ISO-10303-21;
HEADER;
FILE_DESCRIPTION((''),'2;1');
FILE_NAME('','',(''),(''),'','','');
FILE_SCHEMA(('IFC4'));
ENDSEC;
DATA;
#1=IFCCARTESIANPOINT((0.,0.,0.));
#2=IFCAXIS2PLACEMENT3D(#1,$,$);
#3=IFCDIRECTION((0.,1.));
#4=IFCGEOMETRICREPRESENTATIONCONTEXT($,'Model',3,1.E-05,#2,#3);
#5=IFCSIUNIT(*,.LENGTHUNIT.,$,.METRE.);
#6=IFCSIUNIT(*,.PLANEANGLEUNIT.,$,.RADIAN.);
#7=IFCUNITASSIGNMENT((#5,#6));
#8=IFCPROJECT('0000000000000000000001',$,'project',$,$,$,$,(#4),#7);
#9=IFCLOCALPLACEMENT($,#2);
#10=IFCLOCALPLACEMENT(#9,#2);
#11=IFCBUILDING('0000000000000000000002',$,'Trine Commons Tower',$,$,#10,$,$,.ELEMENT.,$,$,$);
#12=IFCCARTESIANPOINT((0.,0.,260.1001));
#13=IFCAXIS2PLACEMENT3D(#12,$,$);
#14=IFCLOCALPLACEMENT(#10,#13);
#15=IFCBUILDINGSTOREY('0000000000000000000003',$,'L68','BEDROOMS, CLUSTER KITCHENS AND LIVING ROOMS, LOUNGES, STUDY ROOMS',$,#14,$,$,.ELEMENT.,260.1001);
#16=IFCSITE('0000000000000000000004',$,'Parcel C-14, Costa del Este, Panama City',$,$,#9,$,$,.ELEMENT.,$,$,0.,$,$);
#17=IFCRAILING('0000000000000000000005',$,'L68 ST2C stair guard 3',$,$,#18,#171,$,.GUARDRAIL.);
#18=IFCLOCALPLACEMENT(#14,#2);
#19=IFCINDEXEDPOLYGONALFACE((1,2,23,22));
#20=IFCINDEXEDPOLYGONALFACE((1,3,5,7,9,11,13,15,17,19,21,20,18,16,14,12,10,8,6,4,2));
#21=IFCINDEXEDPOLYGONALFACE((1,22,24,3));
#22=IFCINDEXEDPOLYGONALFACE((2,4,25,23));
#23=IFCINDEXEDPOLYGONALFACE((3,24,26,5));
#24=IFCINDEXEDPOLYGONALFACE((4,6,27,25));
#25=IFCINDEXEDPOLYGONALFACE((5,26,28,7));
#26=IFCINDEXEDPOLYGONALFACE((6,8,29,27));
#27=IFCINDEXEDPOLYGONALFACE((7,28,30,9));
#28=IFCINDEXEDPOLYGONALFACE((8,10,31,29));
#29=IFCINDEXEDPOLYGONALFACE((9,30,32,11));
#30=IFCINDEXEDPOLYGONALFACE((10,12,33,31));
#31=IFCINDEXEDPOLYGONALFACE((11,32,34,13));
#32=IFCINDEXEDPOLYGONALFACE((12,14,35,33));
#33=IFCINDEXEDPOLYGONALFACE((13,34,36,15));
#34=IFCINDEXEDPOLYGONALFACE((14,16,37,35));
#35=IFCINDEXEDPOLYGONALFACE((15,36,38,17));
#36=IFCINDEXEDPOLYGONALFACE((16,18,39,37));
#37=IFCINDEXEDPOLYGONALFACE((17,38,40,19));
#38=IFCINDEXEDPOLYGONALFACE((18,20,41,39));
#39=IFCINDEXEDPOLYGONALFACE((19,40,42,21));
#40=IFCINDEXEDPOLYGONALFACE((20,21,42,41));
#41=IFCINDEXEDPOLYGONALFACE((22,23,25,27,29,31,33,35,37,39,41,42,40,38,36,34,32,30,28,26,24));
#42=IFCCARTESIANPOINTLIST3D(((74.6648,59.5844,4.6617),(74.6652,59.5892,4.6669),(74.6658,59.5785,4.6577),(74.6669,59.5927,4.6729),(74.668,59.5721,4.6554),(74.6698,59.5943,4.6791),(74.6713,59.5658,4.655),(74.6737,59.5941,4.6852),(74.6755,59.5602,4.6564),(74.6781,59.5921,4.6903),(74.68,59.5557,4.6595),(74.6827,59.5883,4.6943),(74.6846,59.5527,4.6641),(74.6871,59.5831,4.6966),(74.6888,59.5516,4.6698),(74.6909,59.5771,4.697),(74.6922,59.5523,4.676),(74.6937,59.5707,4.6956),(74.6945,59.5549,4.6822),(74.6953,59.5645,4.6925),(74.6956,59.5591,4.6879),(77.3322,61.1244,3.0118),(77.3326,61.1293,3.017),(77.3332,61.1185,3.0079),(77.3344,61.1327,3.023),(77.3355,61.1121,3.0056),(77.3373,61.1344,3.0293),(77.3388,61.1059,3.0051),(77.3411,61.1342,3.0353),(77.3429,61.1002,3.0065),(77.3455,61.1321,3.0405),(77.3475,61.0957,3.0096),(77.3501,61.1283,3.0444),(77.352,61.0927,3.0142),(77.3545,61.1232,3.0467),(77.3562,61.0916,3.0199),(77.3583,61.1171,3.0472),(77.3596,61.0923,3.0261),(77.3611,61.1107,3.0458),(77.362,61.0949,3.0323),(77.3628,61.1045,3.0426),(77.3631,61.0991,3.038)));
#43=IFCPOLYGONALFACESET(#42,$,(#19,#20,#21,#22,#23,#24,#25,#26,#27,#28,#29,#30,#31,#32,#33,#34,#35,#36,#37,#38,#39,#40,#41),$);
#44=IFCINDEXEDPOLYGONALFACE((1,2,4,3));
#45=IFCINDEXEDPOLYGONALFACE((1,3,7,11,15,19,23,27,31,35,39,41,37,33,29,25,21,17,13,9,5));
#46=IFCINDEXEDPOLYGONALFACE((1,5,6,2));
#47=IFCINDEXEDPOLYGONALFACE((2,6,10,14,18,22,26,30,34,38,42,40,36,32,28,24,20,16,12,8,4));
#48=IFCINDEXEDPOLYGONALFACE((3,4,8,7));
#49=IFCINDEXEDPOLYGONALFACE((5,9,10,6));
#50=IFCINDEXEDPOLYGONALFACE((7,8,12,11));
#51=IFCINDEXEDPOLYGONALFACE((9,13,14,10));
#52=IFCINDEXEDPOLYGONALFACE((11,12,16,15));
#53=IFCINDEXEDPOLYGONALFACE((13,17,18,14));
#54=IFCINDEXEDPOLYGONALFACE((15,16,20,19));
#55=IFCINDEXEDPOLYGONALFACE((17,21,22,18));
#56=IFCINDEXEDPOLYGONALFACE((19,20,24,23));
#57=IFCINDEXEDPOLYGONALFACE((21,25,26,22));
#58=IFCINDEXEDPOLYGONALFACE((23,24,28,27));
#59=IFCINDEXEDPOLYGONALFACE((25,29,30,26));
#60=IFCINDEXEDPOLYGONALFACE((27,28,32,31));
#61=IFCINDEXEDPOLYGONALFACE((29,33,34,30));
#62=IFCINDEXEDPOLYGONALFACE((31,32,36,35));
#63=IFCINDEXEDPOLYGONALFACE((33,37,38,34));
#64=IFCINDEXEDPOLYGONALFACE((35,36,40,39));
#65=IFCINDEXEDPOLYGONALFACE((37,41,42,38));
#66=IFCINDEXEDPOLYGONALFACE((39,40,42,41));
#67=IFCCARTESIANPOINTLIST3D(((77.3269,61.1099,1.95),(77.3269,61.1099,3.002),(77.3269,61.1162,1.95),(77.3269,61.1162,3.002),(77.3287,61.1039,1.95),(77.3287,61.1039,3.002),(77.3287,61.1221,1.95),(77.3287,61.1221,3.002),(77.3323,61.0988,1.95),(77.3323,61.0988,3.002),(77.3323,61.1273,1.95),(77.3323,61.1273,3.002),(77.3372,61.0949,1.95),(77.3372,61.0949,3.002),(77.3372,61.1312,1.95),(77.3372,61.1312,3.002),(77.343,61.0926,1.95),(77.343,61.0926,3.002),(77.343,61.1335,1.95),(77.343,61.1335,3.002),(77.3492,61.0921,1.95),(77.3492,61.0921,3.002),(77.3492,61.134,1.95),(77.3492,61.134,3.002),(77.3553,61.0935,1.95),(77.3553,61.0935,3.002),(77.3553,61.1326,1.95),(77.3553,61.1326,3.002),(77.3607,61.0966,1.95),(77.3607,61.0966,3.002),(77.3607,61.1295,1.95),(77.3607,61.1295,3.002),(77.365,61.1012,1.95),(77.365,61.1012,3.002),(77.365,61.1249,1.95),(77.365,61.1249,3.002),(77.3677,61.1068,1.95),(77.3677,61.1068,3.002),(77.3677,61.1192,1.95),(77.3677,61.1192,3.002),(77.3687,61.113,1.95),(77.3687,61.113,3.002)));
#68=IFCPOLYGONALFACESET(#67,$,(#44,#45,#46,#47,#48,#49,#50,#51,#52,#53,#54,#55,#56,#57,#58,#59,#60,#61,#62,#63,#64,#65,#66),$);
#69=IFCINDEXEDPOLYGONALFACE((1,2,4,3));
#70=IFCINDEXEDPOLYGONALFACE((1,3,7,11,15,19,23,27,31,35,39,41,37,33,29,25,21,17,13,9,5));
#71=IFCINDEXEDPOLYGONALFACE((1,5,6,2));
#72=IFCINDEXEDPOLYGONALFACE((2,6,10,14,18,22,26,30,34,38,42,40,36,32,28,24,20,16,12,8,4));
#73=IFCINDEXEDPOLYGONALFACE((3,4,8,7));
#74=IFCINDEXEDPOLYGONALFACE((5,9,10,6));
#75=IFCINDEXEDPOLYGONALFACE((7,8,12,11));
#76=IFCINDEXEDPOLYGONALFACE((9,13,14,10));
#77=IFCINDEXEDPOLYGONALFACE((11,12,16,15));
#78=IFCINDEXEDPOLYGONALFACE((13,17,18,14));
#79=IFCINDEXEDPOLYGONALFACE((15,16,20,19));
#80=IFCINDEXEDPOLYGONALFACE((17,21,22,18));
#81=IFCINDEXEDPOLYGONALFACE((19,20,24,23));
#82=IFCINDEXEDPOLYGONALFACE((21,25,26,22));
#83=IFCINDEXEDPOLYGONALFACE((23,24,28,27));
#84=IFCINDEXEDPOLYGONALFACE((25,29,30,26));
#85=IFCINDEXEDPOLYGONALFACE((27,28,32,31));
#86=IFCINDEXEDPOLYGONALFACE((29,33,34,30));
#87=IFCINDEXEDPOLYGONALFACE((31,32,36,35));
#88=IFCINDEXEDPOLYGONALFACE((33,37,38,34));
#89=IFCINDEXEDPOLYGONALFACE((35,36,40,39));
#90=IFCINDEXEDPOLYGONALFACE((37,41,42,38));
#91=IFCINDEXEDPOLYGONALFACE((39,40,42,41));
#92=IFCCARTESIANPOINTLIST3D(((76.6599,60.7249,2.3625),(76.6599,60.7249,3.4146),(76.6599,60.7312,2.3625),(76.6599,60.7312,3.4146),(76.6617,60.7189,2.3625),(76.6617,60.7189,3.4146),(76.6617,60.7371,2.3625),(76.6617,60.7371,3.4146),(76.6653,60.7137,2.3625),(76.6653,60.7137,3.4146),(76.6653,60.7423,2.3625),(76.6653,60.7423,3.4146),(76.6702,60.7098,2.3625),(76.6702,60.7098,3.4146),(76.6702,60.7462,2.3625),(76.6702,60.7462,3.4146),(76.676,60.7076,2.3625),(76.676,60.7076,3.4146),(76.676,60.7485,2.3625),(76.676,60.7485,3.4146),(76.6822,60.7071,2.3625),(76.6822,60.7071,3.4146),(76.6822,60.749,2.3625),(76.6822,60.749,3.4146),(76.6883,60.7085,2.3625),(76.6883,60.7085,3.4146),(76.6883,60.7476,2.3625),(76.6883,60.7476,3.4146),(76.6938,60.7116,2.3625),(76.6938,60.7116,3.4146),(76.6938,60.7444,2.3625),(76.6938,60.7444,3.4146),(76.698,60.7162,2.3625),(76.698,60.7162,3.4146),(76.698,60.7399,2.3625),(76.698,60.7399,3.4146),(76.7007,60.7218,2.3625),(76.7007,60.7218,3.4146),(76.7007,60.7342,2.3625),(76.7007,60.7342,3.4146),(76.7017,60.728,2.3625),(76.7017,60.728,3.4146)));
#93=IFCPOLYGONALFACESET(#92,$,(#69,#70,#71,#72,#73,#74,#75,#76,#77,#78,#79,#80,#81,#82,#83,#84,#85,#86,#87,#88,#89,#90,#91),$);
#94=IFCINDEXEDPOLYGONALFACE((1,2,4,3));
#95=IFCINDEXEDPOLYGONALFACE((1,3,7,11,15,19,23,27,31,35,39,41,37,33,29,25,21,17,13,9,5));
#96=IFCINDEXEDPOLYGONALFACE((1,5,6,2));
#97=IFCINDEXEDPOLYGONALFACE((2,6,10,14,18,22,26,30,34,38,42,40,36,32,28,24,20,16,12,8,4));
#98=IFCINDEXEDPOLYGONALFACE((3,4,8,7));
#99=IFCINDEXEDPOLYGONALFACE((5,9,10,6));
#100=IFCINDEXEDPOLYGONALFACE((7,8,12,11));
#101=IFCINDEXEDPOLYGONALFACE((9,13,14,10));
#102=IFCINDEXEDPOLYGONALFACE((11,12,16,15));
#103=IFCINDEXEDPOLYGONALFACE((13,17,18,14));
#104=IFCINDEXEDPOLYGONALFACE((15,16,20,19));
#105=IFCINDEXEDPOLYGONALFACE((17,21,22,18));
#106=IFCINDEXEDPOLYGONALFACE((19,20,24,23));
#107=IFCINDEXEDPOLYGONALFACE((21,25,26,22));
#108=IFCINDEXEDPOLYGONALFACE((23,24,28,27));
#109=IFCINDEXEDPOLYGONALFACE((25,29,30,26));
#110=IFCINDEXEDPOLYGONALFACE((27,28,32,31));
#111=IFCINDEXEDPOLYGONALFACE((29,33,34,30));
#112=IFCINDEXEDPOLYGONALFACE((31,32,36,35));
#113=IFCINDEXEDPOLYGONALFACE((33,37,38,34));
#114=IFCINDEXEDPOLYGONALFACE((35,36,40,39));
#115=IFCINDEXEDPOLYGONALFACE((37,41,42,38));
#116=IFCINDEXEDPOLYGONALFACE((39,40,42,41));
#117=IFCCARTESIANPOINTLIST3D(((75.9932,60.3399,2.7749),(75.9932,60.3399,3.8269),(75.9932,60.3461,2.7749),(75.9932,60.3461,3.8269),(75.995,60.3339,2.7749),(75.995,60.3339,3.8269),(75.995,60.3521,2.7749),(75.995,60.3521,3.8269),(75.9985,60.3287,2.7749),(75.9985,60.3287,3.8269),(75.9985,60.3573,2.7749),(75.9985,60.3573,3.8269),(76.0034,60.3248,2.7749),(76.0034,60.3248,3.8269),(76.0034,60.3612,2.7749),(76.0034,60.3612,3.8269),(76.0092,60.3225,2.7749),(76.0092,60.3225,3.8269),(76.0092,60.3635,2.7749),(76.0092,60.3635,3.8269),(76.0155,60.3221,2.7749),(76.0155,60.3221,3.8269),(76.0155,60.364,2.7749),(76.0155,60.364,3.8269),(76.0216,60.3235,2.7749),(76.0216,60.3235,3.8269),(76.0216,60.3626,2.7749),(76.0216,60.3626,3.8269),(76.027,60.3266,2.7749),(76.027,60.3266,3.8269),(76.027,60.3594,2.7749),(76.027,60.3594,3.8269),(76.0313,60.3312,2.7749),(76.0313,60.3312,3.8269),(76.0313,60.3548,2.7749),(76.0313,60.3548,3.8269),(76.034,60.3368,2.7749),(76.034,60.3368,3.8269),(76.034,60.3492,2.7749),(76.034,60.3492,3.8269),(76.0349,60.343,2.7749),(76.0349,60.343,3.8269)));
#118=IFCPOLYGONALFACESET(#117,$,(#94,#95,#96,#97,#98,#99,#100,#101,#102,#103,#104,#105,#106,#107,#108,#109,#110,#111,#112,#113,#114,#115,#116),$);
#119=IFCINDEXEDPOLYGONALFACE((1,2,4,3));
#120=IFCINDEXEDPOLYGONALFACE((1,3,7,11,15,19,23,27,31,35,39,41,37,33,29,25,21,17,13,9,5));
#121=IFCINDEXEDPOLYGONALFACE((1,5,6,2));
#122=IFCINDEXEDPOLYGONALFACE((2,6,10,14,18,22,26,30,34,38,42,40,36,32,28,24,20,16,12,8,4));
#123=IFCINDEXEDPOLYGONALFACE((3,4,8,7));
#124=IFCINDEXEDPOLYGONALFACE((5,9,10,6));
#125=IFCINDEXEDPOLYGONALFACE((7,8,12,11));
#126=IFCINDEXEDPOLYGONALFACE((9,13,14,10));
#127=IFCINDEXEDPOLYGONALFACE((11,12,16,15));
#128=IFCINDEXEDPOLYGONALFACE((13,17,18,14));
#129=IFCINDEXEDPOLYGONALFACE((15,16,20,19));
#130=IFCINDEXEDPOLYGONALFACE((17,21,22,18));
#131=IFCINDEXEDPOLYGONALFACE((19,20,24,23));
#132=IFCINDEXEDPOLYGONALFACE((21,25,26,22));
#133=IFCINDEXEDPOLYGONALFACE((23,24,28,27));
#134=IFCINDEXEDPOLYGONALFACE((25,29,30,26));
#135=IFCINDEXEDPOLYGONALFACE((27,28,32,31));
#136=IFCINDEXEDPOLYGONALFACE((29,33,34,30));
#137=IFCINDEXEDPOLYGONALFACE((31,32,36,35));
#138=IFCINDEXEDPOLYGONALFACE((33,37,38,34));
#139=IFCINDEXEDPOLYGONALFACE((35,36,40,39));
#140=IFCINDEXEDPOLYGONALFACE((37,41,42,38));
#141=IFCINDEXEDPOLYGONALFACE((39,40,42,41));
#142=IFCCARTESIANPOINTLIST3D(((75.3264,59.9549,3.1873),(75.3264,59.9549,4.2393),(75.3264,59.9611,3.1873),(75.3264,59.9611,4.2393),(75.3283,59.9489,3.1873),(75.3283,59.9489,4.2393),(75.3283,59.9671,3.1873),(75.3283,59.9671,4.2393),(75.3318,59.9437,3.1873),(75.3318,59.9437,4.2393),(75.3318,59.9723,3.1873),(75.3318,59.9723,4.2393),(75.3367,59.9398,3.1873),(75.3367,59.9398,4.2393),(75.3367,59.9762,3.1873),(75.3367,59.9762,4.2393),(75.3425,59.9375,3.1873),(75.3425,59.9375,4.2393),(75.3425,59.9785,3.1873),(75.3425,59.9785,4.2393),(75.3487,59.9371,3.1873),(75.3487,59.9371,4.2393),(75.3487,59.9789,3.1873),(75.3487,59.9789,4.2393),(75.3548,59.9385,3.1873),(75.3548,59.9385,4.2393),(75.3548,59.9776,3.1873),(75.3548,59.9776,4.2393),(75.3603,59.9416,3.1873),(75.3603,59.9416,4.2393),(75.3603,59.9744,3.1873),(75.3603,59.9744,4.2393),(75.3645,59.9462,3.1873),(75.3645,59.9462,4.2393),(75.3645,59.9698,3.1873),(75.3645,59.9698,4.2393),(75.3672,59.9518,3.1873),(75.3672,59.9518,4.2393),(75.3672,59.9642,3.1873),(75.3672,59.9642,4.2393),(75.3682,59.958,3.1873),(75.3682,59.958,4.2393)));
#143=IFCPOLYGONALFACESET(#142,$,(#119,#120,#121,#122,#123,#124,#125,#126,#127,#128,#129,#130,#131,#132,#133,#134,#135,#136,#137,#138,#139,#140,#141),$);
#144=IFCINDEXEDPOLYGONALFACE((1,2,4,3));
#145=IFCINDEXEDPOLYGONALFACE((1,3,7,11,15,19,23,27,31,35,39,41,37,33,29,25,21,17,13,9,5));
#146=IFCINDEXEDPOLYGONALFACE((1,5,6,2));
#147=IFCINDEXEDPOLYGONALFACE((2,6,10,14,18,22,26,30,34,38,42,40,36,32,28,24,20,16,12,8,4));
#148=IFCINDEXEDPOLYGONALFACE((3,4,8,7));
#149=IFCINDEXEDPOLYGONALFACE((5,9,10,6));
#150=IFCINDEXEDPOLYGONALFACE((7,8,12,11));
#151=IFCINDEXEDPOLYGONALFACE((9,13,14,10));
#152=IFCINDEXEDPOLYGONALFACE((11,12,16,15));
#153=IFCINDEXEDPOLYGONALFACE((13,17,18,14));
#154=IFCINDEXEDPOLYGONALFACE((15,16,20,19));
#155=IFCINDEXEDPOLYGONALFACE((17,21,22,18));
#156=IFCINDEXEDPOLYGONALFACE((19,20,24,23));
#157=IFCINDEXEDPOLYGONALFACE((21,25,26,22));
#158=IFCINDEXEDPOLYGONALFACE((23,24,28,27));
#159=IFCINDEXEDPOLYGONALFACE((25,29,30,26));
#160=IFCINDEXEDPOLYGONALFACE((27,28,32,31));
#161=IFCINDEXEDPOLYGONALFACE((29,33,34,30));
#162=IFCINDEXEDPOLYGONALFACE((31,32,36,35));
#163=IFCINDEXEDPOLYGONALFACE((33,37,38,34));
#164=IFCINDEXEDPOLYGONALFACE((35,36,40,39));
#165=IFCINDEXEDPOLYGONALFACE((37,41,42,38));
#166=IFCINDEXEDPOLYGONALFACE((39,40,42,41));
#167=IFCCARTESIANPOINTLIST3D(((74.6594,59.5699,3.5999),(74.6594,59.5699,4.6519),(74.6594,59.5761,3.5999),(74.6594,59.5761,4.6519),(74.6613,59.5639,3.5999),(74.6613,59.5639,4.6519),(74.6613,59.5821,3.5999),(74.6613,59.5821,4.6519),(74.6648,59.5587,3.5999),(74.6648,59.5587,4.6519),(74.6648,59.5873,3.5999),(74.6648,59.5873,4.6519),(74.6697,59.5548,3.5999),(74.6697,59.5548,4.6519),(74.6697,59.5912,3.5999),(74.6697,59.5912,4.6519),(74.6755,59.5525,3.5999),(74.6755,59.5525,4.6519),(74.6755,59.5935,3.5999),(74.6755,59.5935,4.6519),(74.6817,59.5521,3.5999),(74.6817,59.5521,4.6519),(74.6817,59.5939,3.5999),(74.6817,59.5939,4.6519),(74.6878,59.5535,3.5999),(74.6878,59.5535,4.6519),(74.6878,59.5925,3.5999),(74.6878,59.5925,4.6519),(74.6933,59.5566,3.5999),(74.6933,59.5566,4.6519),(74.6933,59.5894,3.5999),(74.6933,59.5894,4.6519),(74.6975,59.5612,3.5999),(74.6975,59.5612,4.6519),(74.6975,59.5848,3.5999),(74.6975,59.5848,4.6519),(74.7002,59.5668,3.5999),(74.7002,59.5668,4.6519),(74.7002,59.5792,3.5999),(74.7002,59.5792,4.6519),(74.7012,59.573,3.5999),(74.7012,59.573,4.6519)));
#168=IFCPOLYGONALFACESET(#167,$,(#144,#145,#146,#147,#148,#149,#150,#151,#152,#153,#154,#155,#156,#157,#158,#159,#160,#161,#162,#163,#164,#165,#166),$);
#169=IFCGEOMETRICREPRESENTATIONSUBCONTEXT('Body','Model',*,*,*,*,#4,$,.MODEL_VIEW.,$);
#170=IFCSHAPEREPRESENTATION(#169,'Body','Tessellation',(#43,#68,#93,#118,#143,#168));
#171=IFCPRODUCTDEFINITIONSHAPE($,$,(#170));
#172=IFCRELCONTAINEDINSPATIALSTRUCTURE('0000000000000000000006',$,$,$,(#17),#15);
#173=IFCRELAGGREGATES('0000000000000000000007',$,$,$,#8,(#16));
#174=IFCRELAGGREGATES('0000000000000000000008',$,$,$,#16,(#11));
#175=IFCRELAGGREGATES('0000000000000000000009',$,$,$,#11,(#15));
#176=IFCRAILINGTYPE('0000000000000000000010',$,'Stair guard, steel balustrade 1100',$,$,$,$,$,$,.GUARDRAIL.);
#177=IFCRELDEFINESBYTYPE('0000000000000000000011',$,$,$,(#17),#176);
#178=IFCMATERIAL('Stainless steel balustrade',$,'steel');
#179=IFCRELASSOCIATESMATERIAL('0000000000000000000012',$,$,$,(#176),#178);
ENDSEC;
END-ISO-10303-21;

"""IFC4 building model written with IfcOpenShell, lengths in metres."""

from ifc_helpers import new_model, si_unit, direction, frame, origin, origin_2d, place, context, subcontext, project, spatial, circle, extrude, material, type_object, element, save


model = new_model("IFC4")

# Units and contexts
model_context = context("Model", 3, precision=1e-05, world=origin(), true_north=direction((0.0, 1.0)))
body_context = subcontext(model_context, "Body", "Model", "MODEL_VIEW")
ifc_project = project(units=[si_unit("LENGTHUNIT", "METRE"), si_unit("PLANEANGLEUNIT", "RADIAN")], contexts=[model_context])

# Site, building, storey
site_placement = place(None, origin())
site = spatial("IfcSite", under=ifc_project, at=site_placement, Name="Parcel C-14, Costa del Este, Panama City", CompositionType="ELEMENT", RefElevation=0.0)
building_placement = place(site_placement, origin())
building = spatial("IfcBuilding", under=site, at=building_placement, Name="Trine Commons Tower", CompositionType="ELEMENT")
storey_placement = place(building_placement, frame((0.0, 0.0, 260.1001)))
storey = spatial("IfcBuildingStorey", under=building, at=storey_placement, Name="L68", Description="BEDROOMS, CLUSTER KITCHENS AND LIVING ROOMS, LOUNGES, STUDY ROOMS", CompositionType="ELEMENT", Elevation=260.1001)

# Railing
ifc_material_1 = material(Name="Stainless steel balustrade", Category="steel")
railing_type_1 = type_object("IfcRailingType", Name="Stair guard, steel balustrade 1100", PredefinedType="GUARDRAIL", material=ifc_material_1)
railing_1_placement = place(storey_placement, frame((77.3477, 61.113, 1.95)))
element("IfcRailing", 1, at=railing_1_placement, inside=storey, type_object=railing_type_1, Name="L68 ST2C stair guard 3", PredefinedType="GUARDRAIL", context=body_context, shape_type="SweptSolid", body=[
    extrude(circle(Radius=0.0239, at=origin_2d()), frame((0.0, 0.0, 1.0762), z_axis=(-0.763405, -0.440743, 0.472185), x_axis=(0.499992, -0.86603, 0.0)), (0.0, 0.0, 1.0), 3.4941),
    extrude(circle(Radius=0.021, at=origin_2d()), origin(), (0.0, 0.0, 1.0), 1.052),
    extrude(circle(Radius=0.021, at=origin_2d()), frame((-0.667, -0.385, 0.4126)), (0.0, 0.0, 1.0), 1.052),
    extrude(circle(Radius=0.021, at=origin_2d()), frame((-1.3337, -0.77, 0.825)), (0.0, 0.0, 1.0), 1.052),
    extrude(circle(Radius=0.021, at=origin_2d()), frame((-2.0005, -1.155, 1.2373)), (0.0, 0.0, 1.0), 1.052),
    extrude(circle(Radius=0.021, at=origin_2d()), frame((-2.6675, -1.54, 1.6499)), (0.0, 0.0, 1.0), 1.052),
])

save(model, "model.ifc")
